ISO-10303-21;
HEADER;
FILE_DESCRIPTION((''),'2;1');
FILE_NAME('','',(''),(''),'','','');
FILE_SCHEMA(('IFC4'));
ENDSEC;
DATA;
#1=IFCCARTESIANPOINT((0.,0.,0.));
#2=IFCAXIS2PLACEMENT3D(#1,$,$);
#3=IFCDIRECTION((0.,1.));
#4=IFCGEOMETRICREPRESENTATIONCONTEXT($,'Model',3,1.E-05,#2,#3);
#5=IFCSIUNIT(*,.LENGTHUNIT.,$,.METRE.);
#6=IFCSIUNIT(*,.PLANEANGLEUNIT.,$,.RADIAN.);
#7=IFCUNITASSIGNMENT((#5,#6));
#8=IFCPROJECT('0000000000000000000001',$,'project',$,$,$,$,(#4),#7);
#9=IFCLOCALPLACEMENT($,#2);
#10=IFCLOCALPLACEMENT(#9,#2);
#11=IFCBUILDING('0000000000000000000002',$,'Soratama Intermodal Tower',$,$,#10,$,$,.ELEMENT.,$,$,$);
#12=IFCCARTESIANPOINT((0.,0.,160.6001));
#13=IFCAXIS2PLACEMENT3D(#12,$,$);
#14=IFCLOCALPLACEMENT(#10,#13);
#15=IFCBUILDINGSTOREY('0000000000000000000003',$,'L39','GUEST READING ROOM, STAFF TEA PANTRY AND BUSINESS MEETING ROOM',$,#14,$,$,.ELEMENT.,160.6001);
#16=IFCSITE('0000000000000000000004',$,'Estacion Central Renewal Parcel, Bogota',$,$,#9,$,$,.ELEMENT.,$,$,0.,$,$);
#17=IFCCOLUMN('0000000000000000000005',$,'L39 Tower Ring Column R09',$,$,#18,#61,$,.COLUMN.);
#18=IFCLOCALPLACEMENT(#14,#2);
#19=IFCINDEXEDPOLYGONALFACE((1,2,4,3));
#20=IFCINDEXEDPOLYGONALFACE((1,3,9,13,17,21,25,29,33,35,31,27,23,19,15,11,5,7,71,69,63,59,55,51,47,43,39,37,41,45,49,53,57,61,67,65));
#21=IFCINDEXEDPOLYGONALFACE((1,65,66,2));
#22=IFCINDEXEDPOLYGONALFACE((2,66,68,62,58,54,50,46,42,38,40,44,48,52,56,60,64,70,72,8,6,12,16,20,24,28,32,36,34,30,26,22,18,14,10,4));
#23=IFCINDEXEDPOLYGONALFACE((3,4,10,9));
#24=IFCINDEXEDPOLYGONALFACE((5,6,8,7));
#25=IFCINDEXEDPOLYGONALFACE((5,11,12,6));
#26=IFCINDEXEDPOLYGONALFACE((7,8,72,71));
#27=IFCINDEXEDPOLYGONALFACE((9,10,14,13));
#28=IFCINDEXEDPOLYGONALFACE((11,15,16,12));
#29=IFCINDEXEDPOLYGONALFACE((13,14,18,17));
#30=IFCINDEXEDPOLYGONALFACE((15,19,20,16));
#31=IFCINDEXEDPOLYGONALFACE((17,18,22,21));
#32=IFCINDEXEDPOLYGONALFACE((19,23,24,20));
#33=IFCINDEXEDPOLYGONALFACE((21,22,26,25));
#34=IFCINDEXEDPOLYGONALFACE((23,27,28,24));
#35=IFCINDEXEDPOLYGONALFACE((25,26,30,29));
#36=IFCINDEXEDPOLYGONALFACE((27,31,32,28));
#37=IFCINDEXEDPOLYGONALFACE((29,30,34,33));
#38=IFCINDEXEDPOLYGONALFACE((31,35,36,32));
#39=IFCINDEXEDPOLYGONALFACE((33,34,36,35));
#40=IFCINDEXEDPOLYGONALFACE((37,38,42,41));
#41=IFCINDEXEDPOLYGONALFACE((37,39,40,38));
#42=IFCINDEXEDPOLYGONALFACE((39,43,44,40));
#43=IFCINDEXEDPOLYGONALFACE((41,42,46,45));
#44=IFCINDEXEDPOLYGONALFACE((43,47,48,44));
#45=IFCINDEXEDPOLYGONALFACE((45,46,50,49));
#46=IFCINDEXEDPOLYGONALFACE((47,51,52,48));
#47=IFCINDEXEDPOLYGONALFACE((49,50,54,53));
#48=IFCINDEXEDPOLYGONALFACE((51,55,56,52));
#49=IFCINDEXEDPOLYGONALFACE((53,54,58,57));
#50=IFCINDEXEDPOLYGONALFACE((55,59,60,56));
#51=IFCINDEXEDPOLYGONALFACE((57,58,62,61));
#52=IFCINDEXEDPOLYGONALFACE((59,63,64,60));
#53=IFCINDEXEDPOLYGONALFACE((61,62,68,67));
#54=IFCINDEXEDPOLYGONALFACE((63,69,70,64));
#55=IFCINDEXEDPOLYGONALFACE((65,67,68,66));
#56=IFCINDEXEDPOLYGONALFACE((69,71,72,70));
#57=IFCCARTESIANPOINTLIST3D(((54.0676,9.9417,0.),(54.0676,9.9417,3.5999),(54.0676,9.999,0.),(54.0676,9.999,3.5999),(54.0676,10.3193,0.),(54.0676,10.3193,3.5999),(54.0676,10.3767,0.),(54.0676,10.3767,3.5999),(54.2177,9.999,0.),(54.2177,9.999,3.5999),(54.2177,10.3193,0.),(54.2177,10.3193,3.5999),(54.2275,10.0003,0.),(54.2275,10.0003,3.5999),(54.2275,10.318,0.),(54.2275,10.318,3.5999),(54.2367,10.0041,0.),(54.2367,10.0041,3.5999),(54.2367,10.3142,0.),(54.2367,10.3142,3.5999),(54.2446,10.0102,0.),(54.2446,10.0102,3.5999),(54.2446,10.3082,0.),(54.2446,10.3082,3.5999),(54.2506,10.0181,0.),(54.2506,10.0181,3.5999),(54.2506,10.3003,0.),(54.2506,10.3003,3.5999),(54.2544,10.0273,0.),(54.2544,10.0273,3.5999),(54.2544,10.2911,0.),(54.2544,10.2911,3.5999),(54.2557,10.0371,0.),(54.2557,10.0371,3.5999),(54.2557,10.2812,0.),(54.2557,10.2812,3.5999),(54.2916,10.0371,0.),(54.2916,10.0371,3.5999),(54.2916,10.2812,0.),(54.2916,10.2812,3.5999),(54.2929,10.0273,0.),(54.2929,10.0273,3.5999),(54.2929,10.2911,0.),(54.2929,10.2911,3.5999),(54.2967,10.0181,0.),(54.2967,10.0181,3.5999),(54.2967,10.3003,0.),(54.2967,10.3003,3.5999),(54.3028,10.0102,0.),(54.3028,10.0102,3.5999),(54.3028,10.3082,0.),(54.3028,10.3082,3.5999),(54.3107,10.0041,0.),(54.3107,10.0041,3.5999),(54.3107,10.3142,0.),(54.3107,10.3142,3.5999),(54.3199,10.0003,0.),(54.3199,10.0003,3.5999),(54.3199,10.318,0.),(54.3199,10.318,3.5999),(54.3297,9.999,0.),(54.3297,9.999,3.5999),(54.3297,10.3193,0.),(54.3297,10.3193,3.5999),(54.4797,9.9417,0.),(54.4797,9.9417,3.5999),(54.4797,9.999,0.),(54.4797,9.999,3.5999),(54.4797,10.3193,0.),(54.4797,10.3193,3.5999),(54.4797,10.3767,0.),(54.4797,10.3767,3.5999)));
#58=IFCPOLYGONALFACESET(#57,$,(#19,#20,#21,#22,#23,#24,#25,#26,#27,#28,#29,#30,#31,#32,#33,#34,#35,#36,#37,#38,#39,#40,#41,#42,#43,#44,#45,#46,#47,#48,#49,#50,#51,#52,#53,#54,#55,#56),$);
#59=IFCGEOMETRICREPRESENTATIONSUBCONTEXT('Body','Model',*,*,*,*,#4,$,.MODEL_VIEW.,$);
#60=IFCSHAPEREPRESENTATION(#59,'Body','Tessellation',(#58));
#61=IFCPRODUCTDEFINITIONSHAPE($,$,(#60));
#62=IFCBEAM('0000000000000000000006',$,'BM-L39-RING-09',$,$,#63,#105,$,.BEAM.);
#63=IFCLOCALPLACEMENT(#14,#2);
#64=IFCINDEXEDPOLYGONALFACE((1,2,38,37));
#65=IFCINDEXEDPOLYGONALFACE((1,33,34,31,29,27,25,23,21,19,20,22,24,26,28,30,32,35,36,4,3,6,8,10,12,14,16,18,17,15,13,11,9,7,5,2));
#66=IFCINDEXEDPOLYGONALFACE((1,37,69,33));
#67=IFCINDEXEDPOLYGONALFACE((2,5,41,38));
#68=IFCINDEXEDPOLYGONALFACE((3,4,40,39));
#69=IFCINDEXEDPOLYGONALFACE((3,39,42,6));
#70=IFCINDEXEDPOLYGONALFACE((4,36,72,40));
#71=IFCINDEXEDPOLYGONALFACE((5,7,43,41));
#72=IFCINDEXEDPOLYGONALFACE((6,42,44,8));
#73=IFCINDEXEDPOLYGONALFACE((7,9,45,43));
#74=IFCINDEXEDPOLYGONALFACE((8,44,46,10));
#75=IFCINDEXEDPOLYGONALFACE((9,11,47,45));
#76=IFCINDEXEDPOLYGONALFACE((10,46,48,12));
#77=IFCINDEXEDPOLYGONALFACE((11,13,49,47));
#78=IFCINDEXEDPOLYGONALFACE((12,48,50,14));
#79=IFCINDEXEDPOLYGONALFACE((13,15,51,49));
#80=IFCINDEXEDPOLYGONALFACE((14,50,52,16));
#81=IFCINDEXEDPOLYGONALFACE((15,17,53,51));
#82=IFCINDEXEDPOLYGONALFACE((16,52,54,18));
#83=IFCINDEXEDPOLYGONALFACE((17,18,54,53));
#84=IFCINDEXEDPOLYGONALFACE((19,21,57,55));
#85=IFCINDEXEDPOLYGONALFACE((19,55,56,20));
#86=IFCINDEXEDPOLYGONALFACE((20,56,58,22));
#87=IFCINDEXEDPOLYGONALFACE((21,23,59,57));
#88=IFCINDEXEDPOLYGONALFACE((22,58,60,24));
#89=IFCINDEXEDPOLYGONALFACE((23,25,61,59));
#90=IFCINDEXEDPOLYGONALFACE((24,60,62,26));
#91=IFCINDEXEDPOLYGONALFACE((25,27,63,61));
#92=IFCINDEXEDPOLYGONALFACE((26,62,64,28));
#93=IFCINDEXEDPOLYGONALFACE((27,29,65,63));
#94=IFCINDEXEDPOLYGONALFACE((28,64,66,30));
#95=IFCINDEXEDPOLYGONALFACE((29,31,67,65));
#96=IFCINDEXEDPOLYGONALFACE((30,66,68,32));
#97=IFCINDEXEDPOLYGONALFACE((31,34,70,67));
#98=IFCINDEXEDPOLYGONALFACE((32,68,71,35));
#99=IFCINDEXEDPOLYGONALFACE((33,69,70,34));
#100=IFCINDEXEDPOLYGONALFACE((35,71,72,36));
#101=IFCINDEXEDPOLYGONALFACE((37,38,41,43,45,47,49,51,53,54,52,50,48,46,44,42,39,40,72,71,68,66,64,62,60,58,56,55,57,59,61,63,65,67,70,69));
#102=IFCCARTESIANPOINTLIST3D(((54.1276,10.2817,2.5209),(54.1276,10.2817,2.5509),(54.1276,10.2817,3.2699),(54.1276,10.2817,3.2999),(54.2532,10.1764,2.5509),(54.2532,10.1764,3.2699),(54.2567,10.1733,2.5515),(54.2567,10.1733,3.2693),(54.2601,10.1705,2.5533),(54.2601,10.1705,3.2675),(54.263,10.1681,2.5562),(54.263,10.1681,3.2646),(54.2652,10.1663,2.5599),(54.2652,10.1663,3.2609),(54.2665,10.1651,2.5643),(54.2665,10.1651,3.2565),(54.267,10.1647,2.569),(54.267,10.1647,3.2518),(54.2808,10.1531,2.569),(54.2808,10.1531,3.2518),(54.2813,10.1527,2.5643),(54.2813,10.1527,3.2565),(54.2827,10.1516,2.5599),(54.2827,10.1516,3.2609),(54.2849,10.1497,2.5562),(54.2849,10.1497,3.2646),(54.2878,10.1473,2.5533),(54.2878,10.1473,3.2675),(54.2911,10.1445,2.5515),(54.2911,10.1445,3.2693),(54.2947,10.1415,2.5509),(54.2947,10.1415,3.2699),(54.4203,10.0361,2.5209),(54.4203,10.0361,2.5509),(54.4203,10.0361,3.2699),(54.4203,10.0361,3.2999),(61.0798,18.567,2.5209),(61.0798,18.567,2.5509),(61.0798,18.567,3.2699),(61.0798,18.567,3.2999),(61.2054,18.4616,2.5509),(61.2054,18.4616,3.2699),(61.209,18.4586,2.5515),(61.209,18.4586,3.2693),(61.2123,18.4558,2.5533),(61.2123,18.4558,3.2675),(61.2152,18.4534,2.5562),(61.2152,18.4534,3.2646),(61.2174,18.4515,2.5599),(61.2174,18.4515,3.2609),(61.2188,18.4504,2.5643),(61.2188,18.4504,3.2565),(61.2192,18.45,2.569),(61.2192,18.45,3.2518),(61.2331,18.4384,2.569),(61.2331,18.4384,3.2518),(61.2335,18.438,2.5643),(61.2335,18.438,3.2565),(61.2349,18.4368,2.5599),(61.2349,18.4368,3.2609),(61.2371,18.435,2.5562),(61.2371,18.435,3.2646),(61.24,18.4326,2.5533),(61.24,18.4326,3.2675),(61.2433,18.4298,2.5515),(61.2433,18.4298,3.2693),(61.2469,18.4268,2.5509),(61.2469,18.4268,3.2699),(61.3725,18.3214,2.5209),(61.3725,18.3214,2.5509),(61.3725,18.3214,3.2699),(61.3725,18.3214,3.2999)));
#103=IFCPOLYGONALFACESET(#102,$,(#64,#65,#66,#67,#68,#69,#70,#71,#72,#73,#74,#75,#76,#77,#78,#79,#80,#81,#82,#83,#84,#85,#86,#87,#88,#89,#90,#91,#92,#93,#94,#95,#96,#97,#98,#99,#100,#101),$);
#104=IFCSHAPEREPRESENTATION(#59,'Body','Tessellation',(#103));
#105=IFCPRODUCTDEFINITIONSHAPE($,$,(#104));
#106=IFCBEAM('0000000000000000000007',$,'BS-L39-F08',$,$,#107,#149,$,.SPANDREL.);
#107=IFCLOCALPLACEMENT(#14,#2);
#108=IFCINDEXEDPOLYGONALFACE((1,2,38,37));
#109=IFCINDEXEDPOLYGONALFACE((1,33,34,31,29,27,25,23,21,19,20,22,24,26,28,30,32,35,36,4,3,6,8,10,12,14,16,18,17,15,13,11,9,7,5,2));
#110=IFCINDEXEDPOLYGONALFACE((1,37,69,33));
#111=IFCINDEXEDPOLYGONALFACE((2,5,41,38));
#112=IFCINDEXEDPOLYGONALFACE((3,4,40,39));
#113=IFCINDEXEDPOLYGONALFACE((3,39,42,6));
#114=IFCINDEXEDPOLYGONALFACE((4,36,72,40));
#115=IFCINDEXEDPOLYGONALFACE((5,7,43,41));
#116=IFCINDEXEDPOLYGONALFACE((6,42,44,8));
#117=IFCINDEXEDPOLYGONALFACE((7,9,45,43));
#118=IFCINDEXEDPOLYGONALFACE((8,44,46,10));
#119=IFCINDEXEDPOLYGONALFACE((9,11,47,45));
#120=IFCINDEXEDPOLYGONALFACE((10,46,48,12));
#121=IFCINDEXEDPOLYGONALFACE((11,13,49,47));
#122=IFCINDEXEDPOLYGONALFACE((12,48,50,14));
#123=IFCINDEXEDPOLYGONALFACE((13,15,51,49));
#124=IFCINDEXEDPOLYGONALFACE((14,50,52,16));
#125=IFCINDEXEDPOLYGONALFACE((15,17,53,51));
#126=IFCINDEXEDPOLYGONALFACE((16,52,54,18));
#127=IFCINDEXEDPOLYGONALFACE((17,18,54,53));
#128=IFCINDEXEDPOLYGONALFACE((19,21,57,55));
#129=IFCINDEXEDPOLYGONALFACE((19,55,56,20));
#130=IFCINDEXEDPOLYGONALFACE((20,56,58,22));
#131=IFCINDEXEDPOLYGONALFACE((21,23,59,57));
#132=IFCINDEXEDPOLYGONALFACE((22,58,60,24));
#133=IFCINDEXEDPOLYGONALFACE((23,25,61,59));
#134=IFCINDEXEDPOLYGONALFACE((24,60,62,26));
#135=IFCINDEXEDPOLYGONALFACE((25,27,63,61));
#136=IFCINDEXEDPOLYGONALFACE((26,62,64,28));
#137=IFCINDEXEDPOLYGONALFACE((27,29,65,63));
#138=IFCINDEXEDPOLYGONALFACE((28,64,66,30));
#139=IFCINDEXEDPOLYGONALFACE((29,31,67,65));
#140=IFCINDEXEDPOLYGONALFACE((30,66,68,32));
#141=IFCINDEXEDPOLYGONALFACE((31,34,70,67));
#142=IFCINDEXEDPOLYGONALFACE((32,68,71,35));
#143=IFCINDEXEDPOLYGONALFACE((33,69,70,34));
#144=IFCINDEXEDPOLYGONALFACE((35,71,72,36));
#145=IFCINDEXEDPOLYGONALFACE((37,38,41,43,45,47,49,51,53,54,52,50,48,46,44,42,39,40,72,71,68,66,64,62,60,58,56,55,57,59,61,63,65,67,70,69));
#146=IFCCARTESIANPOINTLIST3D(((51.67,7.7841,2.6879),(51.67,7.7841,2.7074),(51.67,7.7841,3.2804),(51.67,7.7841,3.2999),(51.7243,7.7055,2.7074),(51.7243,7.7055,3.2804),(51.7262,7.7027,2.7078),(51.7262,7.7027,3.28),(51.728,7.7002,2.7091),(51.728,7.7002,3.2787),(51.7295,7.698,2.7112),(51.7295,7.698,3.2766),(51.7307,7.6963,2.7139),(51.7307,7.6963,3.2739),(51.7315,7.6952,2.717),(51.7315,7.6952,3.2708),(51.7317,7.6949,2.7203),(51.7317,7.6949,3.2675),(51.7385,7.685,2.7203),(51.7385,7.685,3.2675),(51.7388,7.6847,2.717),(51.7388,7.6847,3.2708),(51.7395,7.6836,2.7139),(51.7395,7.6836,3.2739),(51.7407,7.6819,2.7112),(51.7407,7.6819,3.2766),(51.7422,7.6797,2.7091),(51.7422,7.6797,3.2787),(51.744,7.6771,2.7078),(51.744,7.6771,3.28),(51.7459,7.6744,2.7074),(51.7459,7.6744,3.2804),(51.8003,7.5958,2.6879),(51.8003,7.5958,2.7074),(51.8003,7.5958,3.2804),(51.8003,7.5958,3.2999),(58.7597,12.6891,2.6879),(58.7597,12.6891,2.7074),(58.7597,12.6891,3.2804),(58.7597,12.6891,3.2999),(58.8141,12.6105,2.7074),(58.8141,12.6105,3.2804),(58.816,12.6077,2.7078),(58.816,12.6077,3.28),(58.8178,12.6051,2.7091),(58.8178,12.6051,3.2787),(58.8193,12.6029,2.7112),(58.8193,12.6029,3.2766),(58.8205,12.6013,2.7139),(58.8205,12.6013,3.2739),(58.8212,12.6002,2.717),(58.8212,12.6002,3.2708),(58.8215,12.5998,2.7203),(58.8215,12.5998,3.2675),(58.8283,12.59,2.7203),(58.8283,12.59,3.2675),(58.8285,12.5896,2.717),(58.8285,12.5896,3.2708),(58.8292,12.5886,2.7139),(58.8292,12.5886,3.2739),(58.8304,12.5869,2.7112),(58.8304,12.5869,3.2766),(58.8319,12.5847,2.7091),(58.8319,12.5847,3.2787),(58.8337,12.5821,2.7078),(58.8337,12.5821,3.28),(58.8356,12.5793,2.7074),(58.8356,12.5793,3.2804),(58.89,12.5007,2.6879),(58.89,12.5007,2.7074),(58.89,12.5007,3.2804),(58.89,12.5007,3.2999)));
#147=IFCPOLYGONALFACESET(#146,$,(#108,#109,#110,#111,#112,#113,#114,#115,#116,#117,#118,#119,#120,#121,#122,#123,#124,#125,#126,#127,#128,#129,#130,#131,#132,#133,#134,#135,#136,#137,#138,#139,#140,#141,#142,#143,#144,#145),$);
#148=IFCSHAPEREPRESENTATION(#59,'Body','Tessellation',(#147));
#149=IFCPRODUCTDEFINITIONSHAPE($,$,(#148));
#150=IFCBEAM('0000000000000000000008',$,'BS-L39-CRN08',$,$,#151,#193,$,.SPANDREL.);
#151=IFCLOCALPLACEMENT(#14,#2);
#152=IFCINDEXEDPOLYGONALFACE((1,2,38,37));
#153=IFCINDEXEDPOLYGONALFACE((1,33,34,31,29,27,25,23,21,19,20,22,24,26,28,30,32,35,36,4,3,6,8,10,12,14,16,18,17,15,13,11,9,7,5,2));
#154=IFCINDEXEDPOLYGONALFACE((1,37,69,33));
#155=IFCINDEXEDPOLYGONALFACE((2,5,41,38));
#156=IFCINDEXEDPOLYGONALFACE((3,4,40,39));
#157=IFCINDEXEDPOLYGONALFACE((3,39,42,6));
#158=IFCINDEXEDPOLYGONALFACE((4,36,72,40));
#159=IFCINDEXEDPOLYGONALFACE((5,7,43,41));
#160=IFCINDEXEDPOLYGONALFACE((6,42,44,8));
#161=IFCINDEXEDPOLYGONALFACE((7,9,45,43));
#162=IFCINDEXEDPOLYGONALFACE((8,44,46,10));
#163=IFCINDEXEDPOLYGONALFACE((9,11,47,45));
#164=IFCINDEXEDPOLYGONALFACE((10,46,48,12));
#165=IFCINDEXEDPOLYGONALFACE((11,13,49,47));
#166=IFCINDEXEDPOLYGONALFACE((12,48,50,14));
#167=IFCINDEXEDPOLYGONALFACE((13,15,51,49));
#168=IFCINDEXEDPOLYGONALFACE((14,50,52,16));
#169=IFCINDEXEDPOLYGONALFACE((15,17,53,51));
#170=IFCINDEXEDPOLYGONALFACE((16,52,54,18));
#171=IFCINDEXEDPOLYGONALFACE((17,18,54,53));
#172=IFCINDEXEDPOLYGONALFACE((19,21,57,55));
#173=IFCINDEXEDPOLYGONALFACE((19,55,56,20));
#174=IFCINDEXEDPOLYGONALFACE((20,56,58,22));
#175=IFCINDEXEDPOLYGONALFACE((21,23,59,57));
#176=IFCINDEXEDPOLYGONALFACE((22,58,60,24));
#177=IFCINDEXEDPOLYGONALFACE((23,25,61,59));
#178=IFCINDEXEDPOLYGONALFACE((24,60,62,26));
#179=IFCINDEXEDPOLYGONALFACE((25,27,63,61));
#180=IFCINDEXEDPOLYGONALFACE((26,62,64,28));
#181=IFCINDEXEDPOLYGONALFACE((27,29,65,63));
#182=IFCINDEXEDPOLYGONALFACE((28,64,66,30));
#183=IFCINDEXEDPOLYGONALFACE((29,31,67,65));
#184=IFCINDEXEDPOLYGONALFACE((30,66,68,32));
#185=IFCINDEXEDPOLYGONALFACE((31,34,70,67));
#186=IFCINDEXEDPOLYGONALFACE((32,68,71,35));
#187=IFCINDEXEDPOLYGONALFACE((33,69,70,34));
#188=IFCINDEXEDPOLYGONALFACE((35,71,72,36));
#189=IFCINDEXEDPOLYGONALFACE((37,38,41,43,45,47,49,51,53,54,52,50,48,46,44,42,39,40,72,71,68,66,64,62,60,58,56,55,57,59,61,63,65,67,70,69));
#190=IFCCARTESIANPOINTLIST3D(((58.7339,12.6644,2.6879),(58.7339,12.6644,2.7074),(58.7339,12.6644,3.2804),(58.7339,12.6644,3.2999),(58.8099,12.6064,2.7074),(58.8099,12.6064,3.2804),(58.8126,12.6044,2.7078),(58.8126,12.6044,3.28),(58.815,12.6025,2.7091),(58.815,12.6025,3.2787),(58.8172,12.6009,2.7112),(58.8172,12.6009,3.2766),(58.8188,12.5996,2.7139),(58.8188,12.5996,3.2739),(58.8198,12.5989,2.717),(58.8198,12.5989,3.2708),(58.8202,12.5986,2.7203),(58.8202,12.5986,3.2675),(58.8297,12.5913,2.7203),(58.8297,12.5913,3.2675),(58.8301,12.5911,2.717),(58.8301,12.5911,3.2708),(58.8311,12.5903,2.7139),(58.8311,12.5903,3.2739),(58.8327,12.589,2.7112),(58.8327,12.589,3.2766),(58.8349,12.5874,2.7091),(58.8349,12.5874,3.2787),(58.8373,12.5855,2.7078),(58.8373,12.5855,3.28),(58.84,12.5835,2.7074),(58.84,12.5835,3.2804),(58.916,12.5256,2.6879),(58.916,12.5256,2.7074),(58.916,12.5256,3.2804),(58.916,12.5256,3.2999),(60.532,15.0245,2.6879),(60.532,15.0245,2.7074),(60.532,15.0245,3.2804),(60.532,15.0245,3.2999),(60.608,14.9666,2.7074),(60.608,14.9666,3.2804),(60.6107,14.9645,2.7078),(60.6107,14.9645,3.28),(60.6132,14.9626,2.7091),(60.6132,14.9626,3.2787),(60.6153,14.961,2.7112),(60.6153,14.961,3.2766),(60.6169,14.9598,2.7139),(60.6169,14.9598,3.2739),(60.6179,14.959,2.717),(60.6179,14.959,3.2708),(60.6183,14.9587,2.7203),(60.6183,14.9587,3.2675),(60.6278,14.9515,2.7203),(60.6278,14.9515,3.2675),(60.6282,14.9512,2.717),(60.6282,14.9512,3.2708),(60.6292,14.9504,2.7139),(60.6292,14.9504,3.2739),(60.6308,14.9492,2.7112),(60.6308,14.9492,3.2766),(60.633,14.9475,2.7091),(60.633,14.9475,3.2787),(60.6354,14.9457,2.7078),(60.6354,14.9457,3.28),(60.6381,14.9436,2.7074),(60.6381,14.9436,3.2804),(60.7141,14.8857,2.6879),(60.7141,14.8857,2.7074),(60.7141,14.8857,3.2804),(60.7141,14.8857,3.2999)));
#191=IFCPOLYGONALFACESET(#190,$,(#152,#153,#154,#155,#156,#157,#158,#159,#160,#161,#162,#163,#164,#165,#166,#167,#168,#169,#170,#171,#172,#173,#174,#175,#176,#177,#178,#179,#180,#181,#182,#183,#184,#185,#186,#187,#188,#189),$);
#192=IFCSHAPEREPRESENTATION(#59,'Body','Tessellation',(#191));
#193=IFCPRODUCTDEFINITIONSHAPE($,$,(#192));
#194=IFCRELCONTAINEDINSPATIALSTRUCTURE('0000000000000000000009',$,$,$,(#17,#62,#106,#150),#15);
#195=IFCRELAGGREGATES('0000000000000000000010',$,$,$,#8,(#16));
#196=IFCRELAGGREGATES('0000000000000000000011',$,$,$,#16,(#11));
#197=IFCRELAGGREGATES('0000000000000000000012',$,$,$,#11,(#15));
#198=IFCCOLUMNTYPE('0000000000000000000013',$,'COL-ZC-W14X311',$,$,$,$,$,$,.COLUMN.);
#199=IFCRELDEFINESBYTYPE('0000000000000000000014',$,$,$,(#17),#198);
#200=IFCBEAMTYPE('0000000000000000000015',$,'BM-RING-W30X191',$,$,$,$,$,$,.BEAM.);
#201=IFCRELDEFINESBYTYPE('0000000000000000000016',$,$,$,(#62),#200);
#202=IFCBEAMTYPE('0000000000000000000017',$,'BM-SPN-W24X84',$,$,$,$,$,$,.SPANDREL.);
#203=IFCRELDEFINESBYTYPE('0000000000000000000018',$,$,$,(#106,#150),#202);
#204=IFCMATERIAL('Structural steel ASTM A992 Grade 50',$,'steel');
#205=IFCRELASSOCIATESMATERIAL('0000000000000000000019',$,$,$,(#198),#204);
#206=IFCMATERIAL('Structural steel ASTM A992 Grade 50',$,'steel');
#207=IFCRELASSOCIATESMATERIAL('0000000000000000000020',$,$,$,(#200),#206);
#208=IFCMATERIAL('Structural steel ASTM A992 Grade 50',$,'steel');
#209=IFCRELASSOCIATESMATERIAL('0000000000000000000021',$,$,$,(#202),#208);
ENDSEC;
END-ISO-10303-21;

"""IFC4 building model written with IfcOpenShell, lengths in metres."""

from ifc_helpers import new_model, si_unit, direction, frame, origin, origin_2d, place, context, subcontext, project, spatial, i_section, extrude, material, material_profile, profile_set, type_object, element, save


model = new_model("IFC4")

# Units and contexts
model_context = context("Model", 3, precision=1e-05, world=origin(), true_north=direction((0.0, 1.0)))
body_context = subcontext(model_context, "Body", "Model", "MODEL_VIEW")
ifc_project = project(units=[si_unit("LENGTHUNIT", "METRE"), si_unit("PLANEANGLEUNIT", "RADIAN")], contexts=[model_context])

# Site, building, storey
site_placement = place(None, origin())
site = spatial("IfcSite", under=ifc_project, at=site_placement, Name="Estacion Central Renewal Parcel, Bogota", CompositionType="ELEMENT", RefElevation=0.0)
building_placement = place(site_placement, origin())
building = spatial("IfcBuilding", under=site, at=building_placement, Name="Soratama Intermodal Tower", CompositionType="ELEMENT")
storey_placement = place(building_placement, frame((0.0, 0.0, 160.6001)))
storey = spatial("IfcBuildingStorey", under=building, at=storey_placement, Name="L39", Description="GUEST READING ROOM, STAFF TEA PANTRY AND BUSINESS MEETING ROOM", CompositionType="ELEMENT", Elevation=160.6001)

# Column
ifc_material_1 = material(Name="Structural steel ASTM A992 Grade 50", Category="steel")
ifc_material_profile_1 = material_profile(ifc_material_1, i_section(OverallWidth=0.4121, OverallDepth=0.4351, WebThickness=0.0359, FlangeThickness=0.0574, FilletRadius=0.0381, at=origin_2d()), Name="W14X311")
ifc_profile_set_1 = profile_set([ifc_material_profile_1], Name="Structural steel ASTM A992 Grade 50")
column_type = type_object("IfcColumnType", Name="COL-ZC-W14X311", PredefinedType="COLUMN", material=ifc_profile_set_1)
column_placement = place(storey_placement, frame((54.2737, 10.1592, 0.0), z_axis=(0.0, 0.0, 1.0), x_axis=(1.0, 0.0, 0.0)))
element("IfcColumn", 1, at=column_placement, inside=storey, type_object=column_type, Name="L39 Tower Ring Column R09", PredefinedType="COLUMN", context=body_context, shape_type="SweptSolid", body=[
    extrude(i_section(OverallWidth=0.4121, OverallDepth=0.4351, WebThickness=0.0359, FlangeThickness=0.0574, FilletRadius=0.0381, at=origin_2d()), origin(), (0.0, 0.0, 1.0), 3.5999),
])

# Beams
ifc_material_2 = material(Name="Structural steel ASTM A992 Grade 50", Category="steel")
ifc_material_profile_2 = material_profile(ifc_material_2, i_section(OverallWidth=0.3821, OverallDepth=0.7791, WebThickness=0.0181, FlangeThickness=0.03, FilletRadius=0.0181, at=origin_2d()), Name="W30X191")
ifc_profile_set_2 = profile_set([ifc_material_profile_2], Name="Structural steel ASTM A992 Grade 50")
beam_type_1 = type_object("IfcBeamType", Name="BM-RING-W30X191", PredefinedType="BEAM", material=ifc_profile_set_2)
beam_1_placement = place(storey_placement, frame((54.2739, 10.1589, 2.9104), z_axis=(0.642792, 0.766041, 0.0), x_axis=(-0.766041, 0.642792, 0.0)))
element("IfcBeam", 2, at=beam_1_placement, inside=storey, type_object=beam_type_1, Name="BM-L39-RING-09", PredefinedType="BEAM", context=body_context, shape_type="SweptSolid", body=[
    extrude(i_section(OverallWidth=0.3821, OverallDepth=0.7791, WebThickness=0.0181, FlangeThickness=0.03, FilletRadius=0.0181, at=origin_2d()), origin(), (0.0, 0.0, 1.0), 10.8157),
])
ifc_material_3 = material(Name="Structural steel ASTM A992 Grade 50", Category="steel")
ifc_material_profile_3 = material_profile(ifc_material_3, i_section(OverallWidth=0.229, OverallDepth=0.6121, WebThickness=0.012, FlangeThickness=0.0195, FilletRadius=0.0129, at=origin_2d()), Name="W24X84")
ifc_profile_set_3 = profile_set([ifc_material_profile_3], Name="Structural steel ASTM A992 Grade 50")
beam_type_2 = type_object("IfcBeamType", Name="BM-SPN-W24X84", PredefinedType="SPANDREL", material=ifc_profile_set_3)
beam_2_placement = place(storey_placement, frame((51.7351, 7.6899, 2.9939), z_axis=(0.822373, 0.568949, 0.0), x_axis=(-0.568949, 0.822373, 0.0)))
element("IfcBeam", 3, at=beam_2_placement, inside=storey, type_object=beam_type_2, Name="BS-L39-F08", PredefinedType="SPANDREL", context=body_context, shape_type="SweptSolid", body=[
    extrude(i_section(OverallWidth=0.229, OverallDepth=0.6121, WebThickness=0.012, FlangeThickness=0.0195, FilletRadius=0.0129, at=origin_2d()), origin(), (0.0, 0.0, 1.0), 8.6211),
])
beam_3_placement = place(storey_placement, frame((58.825, 12.595, 2.9939), z_axis=(0.606026, 0.795445, 0.0), x_axis=(-0.795445, 0.606026, 0.0)))
element("IfcBeam", 4, at=beam_3_placement, inside=storey, type_object=beam_type_2, Name="BS-L39-CRN08", PredefinedType="SPANDREL", context=body_context, shape_type="SweptSolid", body=[
    extrude(i_section(OverallWidth=0.229, OverallDepth=0.6121, WebThickness=0.012, FlangeThickness=0.0195, FilletRadius=0.0129, at=origin_2d()), origin(), (0.0, 0.0, 1.0), 2.967),
])

save(model, "model.ifc")
